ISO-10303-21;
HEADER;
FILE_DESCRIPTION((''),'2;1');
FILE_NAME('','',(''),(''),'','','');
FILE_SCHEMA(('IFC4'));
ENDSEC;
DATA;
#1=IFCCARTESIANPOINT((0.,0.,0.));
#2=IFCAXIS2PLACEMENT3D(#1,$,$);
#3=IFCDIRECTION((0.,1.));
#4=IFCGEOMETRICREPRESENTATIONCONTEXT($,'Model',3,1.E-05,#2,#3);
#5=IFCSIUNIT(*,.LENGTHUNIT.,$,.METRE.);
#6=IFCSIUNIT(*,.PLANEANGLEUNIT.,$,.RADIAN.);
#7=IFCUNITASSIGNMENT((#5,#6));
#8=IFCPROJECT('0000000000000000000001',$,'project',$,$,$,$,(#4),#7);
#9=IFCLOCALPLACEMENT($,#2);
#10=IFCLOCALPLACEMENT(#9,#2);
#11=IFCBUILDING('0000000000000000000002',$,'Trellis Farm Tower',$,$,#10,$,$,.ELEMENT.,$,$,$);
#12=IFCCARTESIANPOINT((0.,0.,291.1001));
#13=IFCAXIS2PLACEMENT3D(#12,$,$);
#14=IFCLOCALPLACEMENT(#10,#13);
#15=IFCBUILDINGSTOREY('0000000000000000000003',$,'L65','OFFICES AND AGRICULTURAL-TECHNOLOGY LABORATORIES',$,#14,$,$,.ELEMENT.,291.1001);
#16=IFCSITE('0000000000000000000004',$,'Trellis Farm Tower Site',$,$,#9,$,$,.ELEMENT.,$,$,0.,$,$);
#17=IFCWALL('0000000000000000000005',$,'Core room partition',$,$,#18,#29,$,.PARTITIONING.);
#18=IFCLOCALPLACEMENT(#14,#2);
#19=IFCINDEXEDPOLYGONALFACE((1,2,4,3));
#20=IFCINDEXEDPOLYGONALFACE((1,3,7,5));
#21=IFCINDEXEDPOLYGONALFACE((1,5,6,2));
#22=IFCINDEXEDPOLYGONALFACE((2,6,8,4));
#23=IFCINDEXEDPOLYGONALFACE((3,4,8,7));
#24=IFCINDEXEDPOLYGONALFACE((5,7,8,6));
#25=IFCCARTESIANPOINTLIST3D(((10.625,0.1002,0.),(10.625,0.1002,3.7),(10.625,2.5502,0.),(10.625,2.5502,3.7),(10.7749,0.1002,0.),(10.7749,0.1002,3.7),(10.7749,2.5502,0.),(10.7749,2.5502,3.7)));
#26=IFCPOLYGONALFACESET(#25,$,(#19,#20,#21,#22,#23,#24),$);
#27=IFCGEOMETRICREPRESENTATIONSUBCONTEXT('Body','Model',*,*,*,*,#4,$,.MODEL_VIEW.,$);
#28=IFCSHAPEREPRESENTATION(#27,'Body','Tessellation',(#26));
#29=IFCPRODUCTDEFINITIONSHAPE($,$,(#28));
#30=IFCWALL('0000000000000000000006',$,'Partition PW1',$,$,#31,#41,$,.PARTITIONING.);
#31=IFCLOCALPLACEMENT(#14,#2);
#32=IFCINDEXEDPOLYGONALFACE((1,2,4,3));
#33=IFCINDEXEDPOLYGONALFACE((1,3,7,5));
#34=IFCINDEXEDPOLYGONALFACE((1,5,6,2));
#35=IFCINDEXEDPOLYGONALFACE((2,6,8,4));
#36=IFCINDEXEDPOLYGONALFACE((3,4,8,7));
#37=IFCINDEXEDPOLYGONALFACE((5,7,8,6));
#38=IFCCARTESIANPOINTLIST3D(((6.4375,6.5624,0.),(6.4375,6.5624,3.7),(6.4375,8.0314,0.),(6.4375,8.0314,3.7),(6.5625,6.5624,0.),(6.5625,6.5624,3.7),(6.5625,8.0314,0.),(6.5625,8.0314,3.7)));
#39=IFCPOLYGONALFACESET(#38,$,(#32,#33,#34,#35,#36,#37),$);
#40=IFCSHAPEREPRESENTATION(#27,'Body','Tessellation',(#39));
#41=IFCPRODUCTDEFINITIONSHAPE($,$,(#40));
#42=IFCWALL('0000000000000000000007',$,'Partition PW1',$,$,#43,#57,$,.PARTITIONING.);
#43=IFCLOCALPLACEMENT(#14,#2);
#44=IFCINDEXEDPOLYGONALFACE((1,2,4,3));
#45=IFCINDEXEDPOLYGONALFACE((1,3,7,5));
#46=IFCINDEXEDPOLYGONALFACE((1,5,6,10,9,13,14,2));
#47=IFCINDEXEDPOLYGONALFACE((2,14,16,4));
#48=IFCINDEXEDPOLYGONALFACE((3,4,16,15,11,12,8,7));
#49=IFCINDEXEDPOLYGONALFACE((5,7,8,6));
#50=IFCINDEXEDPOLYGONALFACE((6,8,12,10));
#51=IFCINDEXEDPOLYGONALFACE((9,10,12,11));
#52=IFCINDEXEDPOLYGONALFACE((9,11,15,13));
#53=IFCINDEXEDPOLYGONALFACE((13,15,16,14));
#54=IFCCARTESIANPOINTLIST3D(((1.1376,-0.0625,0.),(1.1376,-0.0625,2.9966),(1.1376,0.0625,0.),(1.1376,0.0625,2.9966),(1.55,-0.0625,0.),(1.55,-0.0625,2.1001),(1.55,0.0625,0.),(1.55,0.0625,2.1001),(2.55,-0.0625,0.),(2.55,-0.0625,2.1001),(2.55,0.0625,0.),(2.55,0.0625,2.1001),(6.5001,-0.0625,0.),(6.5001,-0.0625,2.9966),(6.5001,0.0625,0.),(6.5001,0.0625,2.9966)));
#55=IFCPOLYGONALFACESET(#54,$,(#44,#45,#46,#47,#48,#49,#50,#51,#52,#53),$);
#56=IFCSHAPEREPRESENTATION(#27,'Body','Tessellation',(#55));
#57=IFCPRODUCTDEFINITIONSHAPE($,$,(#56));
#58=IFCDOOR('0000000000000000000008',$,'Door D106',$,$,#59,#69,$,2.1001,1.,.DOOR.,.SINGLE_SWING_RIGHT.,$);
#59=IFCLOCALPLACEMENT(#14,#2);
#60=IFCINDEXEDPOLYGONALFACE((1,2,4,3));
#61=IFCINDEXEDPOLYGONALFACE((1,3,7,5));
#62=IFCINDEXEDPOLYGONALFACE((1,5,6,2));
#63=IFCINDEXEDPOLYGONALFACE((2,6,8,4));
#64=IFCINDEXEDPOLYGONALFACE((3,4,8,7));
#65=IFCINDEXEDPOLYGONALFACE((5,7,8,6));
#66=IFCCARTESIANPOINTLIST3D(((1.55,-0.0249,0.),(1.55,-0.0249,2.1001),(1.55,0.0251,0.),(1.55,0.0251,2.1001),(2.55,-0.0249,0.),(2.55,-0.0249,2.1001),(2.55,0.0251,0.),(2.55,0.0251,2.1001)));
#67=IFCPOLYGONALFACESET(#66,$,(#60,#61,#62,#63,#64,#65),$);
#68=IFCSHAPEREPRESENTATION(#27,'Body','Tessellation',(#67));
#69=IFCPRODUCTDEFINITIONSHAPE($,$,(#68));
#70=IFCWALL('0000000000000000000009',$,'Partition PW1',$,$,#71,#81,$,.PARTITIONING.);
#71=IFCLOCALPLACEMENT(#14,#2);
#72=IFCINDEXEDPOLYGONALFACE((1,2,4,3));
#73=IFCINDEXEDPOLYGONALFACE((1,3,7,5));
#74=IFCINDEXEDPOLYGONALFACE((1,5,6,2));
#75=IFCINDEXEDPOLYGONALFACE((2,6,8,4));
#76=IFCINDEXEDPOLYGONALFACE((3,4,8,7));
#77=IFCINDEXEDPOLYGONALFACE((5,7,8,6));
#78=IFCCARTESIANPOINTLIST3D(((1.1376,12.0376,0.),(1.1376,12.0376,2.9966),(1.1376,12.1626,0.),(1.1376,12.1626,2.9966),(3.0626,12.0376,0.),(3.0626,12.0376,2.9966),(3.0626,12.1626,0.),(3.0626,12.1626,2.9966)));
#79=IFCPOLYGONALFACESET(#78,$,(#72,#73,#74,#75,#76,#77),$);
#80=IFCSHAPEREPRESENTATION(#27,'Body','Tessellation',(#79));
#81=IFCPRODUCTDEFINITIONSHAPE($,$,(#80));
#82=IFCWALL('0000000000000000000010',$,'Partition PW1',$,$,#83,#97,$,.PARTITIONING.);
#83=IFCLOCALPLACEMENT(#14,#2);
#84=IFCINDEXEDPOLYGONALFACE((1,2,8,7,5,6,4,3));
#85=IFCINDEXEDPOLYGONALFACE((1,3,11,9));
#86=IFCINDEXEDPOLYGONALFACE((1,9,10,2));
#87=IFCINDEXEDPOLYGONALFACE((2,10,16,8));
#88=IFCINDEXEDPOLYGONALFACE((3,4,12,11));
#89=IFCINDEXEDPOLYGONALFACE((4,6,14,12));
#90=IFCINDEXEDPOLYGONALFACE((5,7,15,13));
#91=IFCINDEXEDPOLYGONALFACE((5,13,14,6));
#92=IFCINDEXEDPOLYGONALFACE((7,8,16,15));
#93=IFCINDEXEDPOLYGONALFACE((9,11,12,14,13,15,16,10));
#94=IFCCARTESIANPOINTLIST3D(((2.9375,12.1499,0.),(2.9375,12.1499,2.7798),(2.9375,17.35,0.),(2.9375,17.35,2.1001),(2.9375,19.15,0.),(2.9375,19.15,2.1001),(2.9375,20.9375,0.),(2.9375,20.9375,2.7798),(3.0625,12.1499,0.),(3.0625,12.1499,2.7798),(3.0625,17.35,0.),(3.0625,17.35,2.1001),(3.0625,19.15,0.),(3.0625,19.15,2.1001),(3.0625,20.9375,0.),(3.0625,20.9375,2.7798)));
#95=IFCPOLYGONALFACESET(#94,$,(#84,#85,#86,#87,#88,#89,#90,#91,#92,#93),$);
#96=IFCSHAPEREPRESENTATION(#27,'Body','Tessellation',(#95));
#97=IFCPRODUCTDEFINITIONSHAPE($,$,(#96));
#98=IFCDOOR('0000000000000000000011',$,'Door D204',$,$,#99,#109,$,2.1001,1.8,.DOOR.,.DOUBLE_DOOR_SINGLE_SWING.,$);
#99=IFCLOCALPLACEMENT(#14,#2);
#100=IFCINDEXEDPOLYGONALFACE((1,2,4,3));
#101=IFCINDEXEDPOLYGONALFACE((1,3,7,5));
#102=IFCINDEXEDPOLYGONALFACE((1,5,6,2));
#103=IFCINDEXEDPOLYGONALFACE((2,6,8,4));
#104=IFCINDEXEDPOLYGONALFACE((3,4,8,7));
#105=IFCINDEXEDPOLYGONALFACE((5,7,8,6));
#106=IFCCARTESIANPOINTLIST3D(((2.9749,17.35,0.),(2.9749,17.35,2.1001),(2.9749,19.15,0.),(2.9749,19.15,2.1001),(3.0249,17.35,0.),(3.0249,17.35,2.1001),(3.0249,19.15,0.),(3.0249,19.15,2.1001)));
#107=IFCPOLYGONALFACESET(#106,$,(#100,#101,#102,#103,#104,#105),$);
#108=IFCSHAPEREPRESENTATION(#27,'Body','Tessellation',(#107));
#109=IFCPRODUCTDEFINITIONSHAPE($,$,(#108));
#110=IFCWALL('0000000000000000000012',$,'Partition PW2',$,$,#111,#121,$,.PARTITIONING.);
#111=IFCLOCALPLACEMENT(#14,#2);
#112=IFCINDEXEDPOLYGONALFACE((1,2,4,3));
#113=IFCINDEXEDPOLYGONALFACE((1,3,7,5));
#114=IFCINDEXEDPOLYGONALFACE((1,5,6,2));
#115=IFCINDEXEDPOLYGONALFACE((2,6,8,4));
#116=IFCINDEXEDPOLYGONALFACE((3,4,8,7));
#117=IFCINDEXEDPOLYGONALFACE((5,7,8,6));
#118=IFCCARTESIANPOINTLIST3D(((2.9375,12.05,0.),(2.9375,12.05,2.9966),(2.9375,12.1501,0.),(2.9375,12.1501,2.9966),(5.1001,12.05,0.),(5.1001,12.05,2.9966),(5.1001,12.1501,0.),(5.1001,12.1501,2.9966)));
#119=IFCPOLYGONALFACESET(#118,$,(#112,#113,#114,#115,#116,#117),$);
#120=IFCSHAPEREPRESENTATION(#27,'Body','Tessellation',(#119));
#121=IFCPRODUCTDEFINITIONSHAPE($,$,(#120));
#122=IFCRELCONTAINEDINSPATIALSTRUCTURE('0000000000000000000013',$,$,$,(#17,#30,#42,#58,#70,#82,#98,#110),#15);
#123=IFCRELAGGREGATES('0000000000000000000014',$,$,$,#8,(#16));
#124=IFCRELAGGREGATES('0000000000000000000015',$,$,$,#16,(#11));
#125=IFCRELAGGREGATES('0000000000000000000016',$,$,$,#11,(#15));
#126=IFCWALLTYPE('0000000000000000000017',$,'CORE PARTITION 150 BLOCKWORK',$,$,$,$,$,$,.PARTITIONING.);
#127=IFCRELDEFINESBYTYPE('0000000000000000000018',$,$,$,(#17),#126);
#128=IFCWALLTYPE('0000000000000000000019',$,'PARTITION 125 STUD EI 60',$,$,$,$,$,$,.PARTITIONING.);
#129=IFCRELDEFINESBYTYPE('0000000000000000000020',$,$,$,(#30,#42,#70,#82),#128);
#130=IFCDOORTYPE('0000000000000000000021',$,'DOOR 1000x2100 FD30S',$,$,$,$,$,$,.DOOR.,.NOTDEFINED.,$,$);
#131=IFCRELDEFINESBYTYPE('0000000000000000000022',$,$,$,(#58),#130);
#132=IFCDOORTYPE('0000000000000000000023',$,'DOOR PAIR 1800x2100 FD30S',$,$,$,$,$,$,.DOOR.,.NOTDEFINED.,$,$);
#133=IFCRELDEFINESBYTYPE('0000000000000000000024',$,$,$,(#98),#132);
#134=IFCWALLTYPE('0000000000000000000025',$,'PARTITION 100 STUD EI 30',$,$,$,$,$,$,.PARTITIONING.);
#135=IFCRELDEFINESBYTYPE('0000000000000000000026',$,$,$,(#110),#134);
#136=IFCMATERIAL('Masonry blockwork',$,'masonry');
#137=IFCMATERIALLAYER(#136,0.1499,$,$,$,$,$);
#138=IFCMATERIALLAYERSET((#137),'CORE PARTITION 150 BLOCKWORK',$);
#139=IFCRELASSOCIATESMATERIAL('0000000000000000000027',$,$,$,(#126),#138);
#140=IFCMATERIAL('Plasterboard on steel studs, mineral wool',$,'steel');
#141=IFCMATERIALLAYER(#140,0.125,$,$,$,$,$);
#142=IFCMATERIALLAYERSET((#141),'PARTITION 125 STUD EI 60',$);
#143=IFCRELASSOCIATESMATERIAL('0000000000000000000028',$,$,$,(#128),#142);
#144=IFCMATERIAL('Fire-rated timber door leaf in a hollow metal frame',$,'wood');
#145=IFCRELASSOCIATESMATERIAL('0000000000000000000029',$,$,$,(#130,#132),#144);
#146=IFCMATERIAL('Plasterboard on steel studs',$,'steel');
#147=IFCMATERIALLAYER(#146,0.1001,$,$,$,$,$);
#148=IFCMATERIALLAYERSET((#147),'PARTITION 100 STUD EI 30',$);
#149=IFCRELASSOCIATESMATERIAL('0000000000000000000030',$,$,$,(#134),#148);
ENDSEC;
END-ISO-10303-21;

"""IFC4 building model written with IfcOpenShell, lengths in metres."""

from ifc_helpers import new_model, si_unit, direction, frame, frame_2d, origin, place, context, subcontext, project, spatial, rectangle, extrude, source, transform, mapped, material, layer, layer_set, type_object, element, fill, save


model = new_model("IFC4")

# Units and contexts
model_context = context("Model", 3, precision=1e-05, world=origin(), true_north=direction((0.0, 1.0)))
body_context = subcontext(model_context, "Body", "Model", "MODEL_VIEW")
ifc_project = project(units=[si_unit("LENGTHUNIT", "METRE"), si_unit("PLANEANGLEUNIT", "RADIAN")], contexts=[model_context])

# Site, building, storey
site_placement = place(None, origin())
site = spatial("IfcSite", under=ifc_project, at=site_placement, Name="Trellis Farm Tower Site", CompositionType="ELEMENT", RefElevation=0.0)
building_placement = place(site_placement, origin())
building = spatial("IfcBuilding", under=site, at=building_placement, Name="Trellis Farm Tower", CompositionType="ELEMENT")
storey_placement = place(building_placement, frame((0.0, 0.0, 291.1001)))
storey = spatial("IfcBuildingStorey", under=building, at=storey_placement, Name="L65", Description="OFFICES AND AGRICULTURAL-TECHNOLOGY LABORATORIES", CompositionType="ELEMENT", Elevation=291.1001)

# Walls
ifc_material_1 = material(Name="Masonry blockwork", Category="masonry")
ifc_layer_1 = layer(ifc_material_1, 0.1499)
ifc_layer_set_1 = layer_set([ifc_layer_1], Name="CORE PARTITION 150 BLOCKWORK")
wall_type_1 = type_object("IfcWallType", Name="CORE PARTITION 150 BLOCKWORK", PredefinedType="PARTITIONING", material=ifc_layer_set_1)
shared_shape_1 = source(origin(), body_context, "Body", "SweptSolid", [
    extrude(rectangle(XDim=2.45, YDim=0.1499, at=frame_2d((1.2251, 0.0))), origin(), (0.0, 0.0, 1.0), 3.7),
])
for number, where, z_axis, x_axis, name in (
    (1, (10.7, 0.1001, 0.0), (0.0, 0.0, 1.0), (0.0, 1.0, 0.0), "Core room partition"),
):
    element("IfcWall", number, at=place(storey_placement, frame(where, z_axis=z_axis, x_axis=x_axis)), inside=storey, type_object=wall_type_1, Name=name, PredefinedType="PARTITIONING", context=body_context, shape_type="MappedRepresentation", body=[
        mapped(shared_shape_1, transform((0.0, 0.0, 0.0))),
    ])
ifc_material_2 = material(Name="Plasterboard on steel studs, mineral wool", Category="steel")
ifc_layer_2 = layer(ifc_material_2, 0.125)
ifc_layer_set_2 = layer_set([ifc_layer_2], Name="PARTITION 125 STUD EI 60")
wall_type_2 = type_object("IfcWallType", Name="PARTITION 125 STUD EI 60", PredefinedType="PARTITIONING", material=ifc_layer_set_2)
shared_shape_2 = source(origin(), body_context, "Body", "SweptSolid", [
    extrude(rectangle(XDim=1.469, YDim=0.125, at=frame_2d((0.7344, 0.0))), origin(), (0.0, 0.0, 1.0), 3.7),
])
wall_1_placement = place(storey_placement, frame((6.5, 6.5625, 0.0), z_axis=(0.0, 0.0, 1.0), x_axis=(0.0, 1.0, 0.0)))
element("IfcWall", 2, at=wall_1_placement, inside=storey, type_object=wall_type_2, Name="Partition PW1", PredefinedType="PARTITIONING", context=body_context, shape_type="MappedRepresentation", body=[
    mapped(shared_shape_2, transform((0.0, 0.0, 0.0))),
])

# Wall, opening, door
shared_shape_3 = source(origin(), body_context, "Body", "SweptSolid", [
    extrude(rectangle(XDim=5.3625, YDim=0.125, at=frame_2d((2.6812, 0.0))), origin(), (0.0, 0.0, 1.0), 2.9966),
])
wall_2_placement = place(storey_placement, frame((6.5, 0.0, 0.0), z_axis=(0.0, 0.0, 1.0), x_axis=(-1.0, 0.0, 0.0)))
wall_2 = element("IfcWall", 3, at=wall_2_placement, inside=storey, type_object=wall_type_2, Name="Partition PW1", PredefinedType="PARTITIONING", context=body_context, shape_type="MappedRepresentation", body=[
    mapped(shared_shape_3, transform((0.0, 0.0, 0.0))),
])
shared_shape_4 = source(origin(), body_context, "Body", "SweptSolid", [
    extrude(rectangle(XDim=1.0, YDim=2.1001, at=frame_2d((0.5, 1.05))), frame((0.0, 0.0725, 0.0), z_axis=(0.0, -1.0, 0.0), x_axis=(1.0, 0.0, 0.0)), (0.0, 0.0, 1.0), 0.145),
])
opening_1_placement = place(wall_2_placement, frame((3.95, 0.0, 0.0)))
opening_1 = element("IfcOpeningElement", 4, at=opening_1_placement, cuts=wall_2, PredefinedType="OPENING", context=body_context, shape_type="MappedRepresentation", body=[
    mapped(shared_shape_4, transform((0.0, 0.0, 0.0))),
])
ifc_material_3 = material(Name="Fire-rated timber door leaf in a hollow metal frame", Category="wood")
door_type_1 = type_object("IfcDoorType", Name="DOOR 1000x2100 FD30S", OperationType="NOTDEFINED", PredefinedType="DOOR", material=ifc_material_3)
shared_shape_5 = source(origin(), body_context, "Body", "SweptSolid", [
    extrude(rectangle(XDim=1.0, YDim=2.1001, at=frame_2d((0.5, 1.05))), frame((0.0, 0.0249, 0.0), z_axis=(0.0, -1.0, 0.0), x_axis=(1.0, 0.0, 0.0)), (0.0, 0.0, 1.0), 0.05),
])
door_1_placement = place(opening_1_placement, origin())
door_1 = element("IfcDoor", 5, at=door_1_placement, inside=storey, type_object=door_type_1, Name="Door D106", OperationType="SINGLE_SWING_RIGHT", OverallHeight=2.1001, OverallWidth=1.0, PredefinedType="DOOR", context=body_context, shape_type="MappedRepresentation", body=[
    mapped(shared_shape_5, transform((0.0, 0.0, 0.0))),
])
fill(opening_1, door_1)

# Wall
shared_shape_6 = source(origin(), body_context, "Body", "SweptSolid", [
    extrude(rectangle(XDim=1.925, YDim=0.125, at=frame_2d((0.9624, 0.0))), origin(), (0.0, 0.0, 1.0), 2.9966),
])
wall_3_placement = place(storey_placement, frame((3.0625, 12.1001, 0.0), z_axis=(0.0, 0.0, 1.0), x_axis=(-1.0, 0.0, 0.0)))
element("IfcWall", 6, at=wall_3_placement, inside=storey, type_object=wall_type_2, Name="Partition PW1", PredefinedType="PARTITIONING", context=body_context, shape_type="MappedRepresentation", body=[
    mapped(shared_shape_6, transform((0.0, 0.0, 0.0))),
])

# Wall, opening, door
shared_shape_7 = source(origin(), body_context, "Body", "SweptSolid", [
    extrude(rectangle(XDim=8.7876, YDim=0.125, at=frame_2d((4.3938, 0.0))), origin(), (0.0, 0.0, 1.0), 2.7798),
])
wall_4_placement = place(storey_placement, frame((3.0, 20.9375, 0.0), z_axis=(0.0, 0.0, 1.0), x_axis=(0.0, -1.0, 0.0)))
wall_4 = element("IfcWall", 7, at=wall_4_placement, inside=storey, type_object=wall_type_2, Name="Partition PW1", PredefinedType="PARTITIONING", context=body_context, shape_type="MappedRepresentation", body=[
    mapped(shared_shape_7, transform((0.0, 0.0, 0.0))),
])
shared_shape_8 = source(origin(), body_context, "Body", "SweptSolid", [
    extrude(rectangle(XDim=1.8, YDim=2.1001, at=frame_2d((0.8999, 1.05))), frame((0.0, 0.0725, 0.0), z_axis=(0.0, -1.0, 0.0), x_axis=(1.0, 0.0, 0.0)), (0.0, 0.0, 1.0), 0.145),
])
opening_2_placement = place(wall_4_placement, frame((1.7876, 0.0, 0.0)))
opening_2 = element("IfcOpeningElement", 8, at=opening_2_placement, cuts=wall_4, PredefinedType="OPENING", context=body_context, shape_type="MappedRepresentation", body=[
    mapped(shared_shape_8, transform((0.0, 0.0, 0.0))),
])
door_type_2 = type_object("IfcDoorType", Name="DOOR PAIR 1800x2100 FD30S", OperationType="NOTDEFINED", PredefinedType="DOOR", material=ifc_material_3)
shared_shape_9 = source(origin(), body_context, "Body", "SweptSolid", [
    extrude(rectangle(XDim=1.8, YDim=2.1001, at=frame_2d((0.8999, 1.05))), frame((0.0, 0.0249, 0.0), z_axis=(0.0, -1.0, 0.0), x_axis=(1.0, 0.0, 0.0)), (0.0, 0.0, 1.0), 0.05),
])
door_2_placement = place(opening_2_placement, origin())
door_2 = element("IfcDoor", 9, at=door_2_placement, inside=storey, type_object=door_type_2, Name="Door D204", OperationType="DOUBLE_DOOR_SINGLE_SWING", OverallHeight=2.1001, OverallWidth=1.8, PredefinedType="DOOR", context=body_context, shape_type="MappedRepresentation", body=[
    mapped(shared_shape_9, transform((0.0, 0.0, 0.0))),
])
fill(opening_2, door_2)

# Wall
ifc_material_4 = material(Name="Plasterboard on steel studs", Category="steel")
ifc_layer_3 = layer(ifc_material_4, 0.1001)
ifc_layer_set_3 = layer_set([ifc_layer_3], Name="PARTITION 100 STUD EI 30")
wall_type_3 = type_object("IfcWallType", Name="PARTITION 100 STUD EI 30", PredefinedType="PARTITIONING", material=ifc_layer_set_3)
shared_shape_10 = source(origin(), body_context, "Body", "SweptSolid", [
    extrude(rectangle(XDim=2.1626, YDim=0.1001, at=frame_2d((1.0813, 0.0))), origin(), (0.0, 0.0, 1.0), 2.9966),
])
wall_5_placement = place(storey_placement, frame((2.9375, 12.1001, 0.0), z_axis=(0.0, 0.0, 1.0), x_axis=(1.0, 0.0, 0.0)))
element("IfcWall", 10, at=wall_5_placement, inside=storey, type_object=wall_type_3, Name="Partition PW2", PredefinedType="PARTITIONING", context=body_context, shape_type="MappedRepresentation", body=[
    mapped(shared_shape_10, transform((0.0, 0.0, 0.0))),
])

save(model, "model.ifc")
